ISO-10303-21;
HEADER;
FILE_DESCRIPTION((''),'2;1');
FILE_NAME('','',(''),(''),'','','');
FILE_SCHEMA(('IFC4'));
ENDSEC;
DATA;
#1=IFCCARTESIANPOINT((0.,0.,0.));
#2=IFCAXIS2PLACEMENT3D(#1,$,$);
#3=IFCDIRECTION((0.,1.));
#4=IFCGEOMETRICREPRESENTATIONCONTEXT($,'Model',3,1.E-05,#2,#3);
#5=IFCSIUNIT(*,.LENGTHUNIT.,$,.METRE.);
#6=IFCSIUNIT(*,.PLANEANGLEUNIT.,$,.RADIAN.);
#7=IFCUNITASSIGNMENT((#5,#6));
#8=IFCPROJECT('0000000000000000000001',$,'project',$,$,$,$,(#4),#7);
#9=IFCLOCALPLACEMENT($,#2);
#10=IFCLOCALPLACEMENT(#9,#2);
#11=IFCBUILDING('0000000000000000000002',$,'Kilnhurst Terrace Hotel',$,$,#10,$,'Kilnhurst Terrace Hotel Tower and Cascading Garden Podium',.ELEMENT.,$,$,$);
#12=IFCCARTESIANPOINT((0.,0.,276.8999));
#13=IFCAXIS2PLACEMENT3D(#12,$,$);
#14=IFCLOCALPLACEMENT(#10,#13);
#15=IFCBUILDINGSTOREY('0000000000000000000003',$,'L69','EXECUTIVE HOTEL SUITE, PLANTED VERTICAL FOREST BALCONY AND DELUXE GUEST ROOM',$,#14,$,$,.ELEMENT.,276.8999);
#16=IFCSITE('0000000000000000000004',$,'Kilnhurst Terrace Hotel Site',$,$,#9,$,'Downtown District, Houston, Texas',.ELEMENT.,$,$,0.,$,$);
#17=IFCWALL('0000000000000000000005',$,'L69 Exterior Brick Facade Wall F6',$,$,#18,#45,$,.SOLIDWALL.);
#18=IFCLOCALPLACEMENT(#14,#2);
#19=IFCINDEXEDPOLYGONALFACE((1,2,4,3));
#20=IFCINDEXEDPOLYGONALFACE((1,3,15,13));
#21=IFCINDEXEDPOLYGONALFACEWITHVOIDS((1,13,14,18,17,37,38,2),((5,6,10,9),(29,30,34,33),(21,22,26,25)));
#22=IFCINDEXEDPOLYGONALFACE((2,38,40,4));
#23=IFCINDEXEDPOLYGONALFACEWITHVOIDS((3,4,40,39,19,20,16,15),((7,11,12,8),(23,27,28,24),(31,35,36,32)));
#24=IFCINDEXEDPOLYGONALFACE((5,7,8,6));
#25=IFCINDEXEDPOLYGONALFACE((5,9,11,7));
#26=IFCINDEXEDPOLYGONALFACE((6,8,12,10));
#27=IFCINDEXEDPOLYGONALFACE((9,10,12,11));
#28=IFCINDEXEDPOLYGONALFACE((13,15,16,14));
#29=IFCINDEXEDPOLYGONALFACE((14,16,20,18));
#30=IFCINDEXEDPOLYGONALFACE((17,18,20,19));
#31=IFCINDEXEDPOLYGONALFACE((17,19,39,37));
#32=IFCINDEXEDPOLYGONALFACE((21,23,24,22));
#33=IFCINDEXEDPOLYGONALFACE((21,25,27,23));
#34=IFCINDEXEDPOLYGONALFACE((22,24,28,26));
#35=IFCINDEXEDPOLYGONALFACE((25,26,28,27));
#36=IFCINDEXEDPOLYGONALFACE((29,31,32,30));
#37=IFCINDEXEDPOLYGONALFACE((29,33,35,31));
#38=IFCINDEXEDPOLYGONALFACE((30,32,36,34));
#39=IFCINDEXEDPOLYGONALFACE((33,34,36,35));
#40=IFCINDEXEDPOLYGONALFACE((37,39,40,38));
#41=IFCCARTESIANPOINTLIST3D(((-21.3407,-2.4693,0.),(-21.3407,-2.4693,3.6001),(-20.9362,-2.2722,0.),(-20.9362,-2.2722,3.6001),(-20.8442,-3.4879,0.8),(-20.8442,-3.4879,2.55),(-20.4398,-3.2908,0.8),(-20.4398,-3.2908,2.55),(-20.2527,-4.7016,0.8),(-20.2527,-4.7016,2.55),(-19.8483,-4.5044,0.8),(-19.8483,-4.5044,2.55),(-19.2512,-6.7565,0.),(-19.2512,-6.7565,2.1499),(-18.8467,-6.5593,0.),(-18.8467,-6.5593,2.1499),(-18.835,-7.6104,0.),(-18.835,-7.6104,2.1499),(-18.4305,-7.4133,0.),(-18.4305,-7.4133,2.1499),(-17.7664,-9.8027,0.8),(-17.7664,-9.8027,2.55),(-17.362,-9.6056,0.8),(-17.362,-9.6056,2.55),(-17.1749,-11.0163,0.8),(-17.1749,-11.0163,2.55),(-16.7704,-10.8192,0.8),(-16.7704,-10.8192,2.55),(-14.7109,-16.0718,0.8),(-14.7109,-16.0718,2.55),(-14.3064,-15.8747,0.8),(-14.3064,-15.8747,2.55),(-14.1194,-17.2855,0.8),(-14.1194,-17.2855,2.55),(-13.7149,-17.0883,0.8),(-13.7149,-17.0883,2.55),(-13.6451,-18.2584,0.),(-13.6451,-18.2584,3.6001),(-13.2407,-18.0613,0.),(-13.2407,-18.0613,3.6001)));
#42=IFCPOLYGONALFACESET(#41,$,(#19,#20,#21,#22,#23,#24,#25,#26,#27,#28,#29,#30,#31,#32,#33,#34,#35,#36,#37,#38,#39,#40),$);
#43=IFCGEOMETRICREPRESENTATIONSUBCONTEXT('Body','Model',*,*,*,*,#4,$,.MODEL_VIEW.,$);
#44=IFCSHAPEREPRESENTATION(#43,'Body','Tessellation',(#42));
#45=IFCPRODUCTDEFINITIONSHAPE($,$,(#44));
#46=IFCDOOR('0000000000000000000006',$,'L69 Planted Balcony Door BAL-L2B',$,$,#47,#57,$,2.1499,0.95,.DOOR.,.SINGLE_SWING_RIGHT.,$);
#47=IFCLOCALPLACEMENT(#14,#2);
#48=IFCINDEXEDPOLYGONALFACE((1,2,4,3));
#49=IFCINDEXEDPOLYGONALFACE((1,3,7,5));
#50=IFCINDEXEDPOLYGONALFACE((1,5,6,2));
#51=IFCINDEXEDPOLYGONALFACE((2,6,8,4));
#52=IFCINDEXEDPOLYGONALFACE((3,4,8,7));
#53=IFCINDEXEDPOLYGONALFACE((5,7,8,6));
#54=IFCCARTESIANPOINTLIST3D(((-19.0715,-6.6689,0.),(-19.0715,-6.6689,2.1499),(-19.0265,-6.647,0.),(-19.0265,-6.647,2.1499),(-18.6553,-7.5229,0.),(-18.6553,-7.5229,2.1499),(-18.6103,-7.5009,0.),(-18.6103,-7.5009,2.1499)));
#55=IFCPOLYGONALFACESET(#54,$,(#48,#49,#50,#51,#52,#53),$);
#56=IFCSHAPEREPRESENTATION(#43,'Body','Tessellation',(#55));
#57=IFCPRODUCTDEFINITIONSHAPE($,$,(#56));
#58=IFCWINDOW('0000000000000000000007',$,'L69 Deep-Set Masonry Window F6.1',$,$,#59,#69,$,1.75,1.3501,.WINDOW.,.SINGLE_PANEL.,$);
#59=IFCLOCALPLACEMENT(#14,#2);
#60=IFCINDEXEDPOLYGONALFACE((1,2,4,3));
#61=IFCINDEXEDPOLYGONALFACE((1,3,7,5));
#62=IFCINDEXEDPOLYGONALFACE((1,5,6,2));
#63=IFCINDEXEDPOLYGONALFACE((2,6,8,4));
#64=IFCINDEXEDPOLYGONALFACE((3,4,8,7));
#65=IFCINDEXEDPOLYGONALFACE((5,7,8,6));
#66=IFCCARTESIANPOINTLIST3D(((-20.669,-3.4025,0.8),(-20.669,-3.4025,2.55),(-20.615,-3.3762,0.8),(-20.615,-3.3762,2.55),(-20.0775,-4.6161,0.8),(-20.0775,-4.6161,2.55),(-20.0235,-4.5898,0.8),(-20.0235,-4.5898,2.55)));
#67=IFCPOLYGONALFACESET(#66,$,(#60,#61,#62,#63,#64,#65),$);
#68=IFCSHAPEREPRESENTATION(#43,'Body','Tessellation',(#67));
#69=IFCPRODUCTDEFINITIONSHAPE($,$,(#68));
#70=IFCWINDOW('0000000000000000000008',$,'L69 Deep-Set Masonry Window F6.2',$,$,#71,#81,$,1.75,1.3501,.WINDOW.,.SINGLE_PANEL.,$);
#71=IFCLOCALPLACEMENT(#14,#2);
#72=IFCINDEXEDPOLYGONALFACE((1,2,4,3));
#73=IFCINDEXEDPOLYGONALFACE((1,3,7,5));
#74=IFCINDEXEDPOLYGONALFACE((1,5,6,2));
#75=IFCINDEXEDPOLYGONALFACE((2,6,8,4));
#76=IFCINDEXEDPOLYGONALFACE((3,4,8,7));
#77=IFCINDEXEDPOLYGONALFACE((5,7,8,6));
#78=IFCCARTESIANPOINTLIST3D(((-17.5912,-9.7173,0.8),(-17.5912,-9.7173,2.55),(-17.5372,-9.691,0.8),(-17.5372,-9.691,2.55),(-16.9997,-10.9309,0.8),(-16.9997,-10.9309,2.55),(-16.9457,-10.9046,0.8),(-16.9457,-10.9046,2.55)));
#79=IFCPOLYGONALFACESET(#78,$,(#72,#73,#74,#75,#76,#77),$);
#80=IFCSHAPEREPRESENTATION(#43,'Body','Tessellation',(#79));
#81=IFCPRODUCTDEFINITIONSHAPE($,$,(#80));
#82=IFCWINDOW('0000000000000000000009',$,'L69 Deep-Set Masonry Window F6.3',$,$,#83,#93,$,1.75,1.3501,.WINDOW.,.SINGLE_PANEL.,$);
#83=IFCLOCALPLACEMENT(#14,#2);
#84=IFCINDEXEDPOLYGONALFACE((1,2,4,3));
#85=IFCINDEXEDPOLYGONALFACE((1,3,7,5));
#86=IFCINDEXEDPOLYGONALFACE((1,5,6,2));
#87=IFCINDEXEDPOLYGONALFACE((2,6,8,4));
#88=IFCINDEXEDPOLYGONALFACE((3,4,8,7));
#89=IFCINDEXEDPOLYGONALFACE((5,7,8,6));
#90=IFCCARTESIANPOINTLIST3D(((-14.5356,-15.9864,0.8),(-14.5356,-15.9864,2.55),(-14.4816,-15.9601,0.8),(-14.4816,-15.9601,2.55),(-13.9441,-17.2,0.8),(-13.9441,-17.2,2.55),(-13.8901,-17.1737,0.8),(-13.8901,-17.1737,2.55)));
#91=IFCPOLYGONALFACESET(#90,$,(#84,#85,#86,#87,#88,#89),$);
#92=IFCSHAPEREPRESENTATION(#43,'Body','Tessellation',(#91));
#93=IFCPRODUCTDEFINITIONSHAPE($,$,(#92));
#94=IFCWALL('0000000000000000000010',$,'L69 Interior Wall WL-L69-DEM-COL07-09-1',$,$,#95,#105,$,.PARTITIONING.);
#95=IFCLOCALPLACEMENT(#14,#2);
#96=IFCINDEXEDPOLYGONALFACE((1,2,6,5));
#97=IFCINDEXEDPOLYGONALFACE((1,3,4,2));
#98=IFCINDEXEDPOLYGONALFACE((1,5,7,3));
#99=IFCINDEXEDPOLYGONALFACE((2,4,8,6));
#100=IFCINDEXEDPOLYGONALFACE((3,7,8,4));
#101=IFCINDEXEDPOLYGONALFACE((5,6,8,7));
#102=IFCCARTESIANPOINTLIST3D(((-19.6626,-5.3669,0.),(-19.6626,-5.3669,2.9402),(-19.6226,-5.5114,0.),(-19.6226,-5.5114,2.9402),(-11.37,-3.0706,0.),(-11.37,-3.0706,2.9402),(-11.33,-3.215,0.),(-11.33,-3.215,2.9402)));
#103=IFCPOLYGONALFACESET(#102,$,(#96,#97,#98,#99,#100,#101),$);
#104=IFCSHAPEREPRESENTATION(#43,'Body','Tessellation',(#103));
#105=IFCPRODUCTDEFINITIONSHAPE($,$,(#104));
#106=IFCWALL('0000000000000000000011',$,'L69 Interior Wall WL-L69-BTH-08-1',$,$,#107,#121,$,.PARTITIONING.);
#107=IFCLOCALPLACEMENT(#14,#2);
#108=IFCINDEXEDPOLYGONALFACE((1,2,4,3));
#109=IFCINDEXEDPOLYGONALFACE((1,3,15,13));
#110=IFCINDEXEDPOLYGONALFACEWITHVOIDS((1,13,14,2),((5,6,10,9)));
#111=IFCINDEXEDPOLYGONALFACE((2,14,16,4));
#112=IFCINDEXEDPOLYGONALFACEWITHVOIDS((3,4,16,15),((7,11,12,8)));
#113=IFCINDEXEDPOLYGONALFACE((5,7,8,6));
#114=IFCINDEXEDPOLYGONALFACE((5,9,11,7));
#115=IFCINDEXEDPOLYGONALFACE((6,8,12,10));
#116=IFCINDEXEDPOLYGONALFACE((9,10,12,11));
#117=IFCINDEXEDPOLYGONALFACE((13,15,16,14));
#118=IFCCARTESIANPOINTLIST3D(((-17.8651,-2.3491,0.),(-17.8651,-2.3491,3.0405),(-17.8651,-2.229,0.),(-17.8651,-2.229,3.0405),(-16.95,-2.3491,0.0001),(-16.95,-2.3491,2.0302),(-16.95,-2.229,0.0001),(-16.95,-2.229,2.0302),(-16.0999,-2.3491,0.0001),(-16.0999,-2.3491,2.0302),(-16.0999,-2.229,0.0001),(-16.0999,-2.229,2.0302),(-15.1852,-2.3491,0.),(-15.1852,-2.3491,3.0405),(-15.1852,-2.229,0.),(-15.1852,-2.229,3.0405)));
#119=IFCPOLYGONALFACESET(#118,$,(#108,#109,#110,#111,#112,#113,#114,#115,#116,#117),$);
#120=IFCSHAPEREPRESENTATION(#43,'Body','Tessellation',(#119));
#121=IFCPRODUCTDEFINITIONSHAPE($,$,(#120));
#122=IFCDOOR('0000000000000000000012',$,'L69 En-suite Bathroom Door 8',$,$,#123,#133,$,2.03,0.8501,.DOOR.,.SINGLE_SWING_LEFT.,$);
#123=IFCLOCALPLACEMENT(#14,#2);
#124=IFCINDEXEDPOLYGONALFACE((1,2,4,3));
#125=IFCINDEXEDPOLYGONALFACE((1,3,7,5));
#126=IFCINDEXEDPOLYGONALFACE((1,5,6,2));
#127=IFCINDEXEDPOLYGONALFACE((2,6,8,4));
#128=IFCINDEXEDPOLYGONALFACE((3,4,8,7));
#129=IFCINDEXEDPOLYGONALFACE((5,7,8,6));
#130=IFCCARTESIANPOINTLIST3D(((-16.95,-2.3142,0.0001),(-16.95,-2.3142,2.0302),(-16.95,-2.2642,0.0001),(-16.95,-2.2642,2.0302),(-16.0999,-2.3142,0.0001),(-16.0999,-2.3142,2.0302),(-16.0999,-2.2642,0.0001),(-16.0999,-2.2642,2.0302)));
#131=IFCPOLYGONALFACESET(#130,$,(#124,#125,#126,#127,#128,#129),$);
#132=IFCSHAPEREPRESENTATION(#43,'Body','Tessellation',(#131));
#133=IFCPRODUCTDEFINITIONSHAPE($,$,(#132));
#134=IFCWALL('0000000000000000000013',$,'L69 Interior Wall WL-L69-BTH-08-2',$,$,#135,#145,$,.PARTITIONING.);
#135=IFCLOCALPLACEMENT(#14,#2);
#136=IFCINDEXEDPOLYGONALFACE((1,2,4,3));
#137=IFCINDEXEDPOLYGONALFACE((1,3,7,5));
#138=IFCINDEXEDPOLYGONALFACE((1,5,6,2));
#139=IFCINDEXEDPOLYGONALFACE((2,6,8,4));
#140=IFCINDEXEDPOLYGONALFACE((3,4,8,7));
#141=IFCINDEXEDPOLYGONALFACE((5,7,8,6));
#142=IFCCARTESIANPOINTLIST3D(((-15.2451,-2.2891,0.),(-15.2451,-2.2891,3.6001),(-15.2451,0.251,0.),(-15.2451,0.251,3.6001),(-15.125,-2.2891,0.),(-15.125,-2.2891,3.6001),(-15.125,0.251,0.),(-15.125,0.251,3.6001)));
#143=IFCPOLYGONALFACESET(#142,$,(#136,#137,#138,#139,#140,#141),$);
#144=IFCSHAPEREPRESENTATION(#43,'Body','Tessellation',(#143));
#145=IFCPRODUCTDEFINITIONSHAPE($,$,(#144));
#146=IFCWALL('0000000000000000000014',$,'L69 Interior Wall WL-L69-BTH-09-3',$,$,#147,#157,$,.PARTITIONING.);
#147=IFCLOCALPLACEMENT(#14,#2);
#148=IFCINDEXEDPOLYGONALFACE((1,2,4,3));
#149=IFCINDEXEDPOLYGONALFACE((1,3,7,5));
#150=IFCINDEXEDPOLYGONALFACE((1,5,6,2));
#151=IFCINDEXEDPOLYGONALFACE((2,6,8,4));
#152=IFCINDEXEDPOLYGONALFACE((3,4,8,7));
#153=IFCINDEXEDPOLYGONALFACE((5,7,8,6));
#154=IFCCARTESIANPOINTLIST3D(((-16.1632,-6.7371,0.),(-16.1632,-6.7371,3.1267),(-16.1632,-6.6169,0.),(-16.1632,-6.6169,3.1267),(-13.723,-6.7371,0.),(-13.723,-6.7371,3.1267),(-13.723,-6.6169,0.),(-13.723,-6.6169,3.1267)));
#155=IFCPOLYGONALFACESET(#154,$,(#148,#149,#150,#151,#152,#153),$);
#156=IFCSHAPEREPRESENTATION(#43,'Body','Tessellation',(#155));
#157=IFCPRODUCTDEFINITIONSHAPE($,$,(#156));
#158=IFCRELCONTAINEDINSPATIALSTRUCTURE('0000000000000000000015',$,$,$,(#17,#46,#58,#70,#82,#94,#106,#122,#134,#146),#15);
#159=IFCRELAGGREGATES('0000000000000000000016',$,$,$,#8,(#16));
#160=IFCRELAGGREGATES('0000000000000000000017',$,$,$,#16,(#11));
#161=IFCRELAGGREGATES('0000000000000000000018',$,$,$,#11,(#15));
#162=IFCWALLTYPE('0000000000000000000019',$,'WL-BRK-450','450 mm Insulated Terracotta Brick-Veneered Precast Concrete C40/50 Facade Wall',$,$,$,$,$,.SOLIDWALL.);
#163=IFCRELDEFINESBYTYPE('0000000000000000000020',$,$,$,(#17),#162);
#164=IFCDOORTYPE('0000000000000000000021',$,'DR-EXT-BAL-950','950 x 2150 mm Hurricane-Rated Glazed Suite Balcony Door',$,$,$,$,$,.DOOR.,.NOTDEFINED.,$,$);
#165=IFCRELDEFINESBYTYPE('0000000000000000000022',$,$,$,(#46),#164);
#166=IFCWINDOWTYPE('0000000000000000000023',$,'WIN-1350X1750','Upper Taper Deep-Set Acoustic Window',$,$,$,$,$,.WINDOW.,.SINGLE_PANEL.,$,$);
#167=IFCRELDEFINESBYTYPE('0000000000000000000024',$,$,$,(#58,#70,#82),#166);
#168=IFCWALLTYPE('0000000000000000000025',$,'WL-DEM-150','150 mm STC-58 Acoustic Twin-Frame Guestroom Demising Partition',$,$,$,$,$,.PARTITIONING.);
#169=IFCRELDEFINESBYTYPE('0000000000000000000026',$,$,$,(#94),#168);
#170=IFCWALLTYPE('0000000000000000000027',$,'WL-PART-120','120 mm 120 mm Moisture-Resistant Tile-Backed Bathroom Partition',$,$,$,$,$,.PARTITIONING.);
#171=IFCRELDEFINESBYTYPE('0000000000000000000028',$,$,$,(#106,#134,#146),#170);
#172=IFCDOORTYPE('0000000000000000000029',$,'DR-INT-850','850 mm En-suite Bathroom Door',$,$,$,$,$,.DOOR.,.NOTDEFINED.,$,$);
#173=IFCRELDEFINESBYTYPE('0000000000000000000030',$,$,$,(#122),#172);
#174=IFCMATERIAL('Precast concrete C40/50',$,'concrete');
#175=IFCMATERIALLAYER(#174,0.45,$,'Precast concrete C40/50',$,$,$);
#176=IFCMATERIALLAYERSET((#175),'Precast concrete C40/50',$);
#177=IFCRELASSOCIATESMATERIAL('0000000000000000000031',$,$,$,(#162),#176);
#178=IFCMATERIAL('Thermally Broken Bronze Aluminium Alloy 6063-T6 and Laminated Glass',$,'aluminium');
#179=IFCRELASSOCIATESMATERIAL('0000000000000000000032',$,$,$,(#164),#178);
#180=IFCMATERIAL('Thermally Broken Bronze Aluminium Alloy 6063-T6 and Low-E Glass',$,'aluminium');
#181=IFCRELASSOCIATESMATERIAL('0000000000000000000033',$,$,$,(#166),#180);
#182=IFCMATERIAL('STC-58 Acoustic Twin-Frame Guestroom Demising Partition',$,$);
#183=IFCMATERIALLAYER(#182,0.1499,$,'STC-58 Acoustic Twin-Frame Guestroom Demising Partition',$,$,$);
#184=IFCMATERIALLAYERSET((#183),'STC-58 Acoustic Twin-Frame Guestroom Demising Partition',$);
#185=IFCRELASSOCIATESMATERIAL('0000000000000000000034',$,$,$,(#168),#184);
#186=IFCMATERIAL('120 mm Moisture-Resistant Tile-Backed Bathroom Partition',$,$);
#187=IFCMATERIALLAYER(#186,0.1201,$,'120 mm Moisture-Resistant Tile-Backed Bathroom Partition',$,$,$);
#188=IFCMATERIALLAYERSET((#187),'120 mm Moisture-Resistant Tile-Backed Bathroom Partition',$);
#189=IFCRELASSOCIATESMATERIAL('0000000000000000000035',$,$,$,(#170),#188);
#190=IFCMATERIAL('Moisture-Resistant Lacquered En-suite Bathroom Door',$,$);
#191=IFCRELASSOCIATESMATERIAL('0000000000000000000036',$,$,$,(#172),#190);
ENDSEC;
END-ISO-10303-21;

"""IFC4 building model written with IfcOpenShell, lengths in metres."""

from ifc_helpers import new_model, si_unit, direction, frame, frame_2d, origin, place, context, subcontext, project, spatial, rectangle, extrude, material, layer, layer_set, type_object, element, fill, save


model = new_model("IFC4")

# Units and contexts
model_context = context("Model", 3, precision=1e-05, world=origin(), true_north=direction((0.0, 1.0)))
body_context = subcontext(model_context, "Body", "Model", "MODEL_VIEW")
ifc_project = project(units=[si_unit("LENGTHUNIT", "METRE"), si_unit("PLANEANGLEUNIT", "RADIAN")], contexts=[model_context])

# Site, building, storey
site_placement = place(None, origin())
site = spatial("IfcSite", under=ifc_project, at=site_placement, Name="Kilnhurst Terrace Hotel Site", LongName="Downtown District, Houston, Texas", CompositionType="ELEMENT", RefElevation=0.0)
building_placement = place(site_placement, origin())
building = spatial("IfcBuilding", under=site, at=building_placement, Name="Kilnhurst Terrace Hotel", LongName="Kilnhurst Terrace Hotel Tower and Cascading Garden Podium", CompositionType="ELEMENT")
storey_placement = place(building_placement, frame((0.0, 0.0, 276.8999)))
storey = spatial("IfcBuildingStorey", under=building, at=storey_placement, Name="L69", Description="EXECUTIVE HOTEL SUITE, PLANTED VERTICAL FOREST BALCONY AND DELUXE GUEST ROOM", CompositionType="ELEMENT", Elevation=276.8999)

# Shared definitions
ifc_material_1 = material(Name="Precast concrete C40/50", Category="concrete")
ifc_layer_1 = layer(ifc_material_1, 0.45, Name="Precast concrete C40/50")
ifc_layer_set_1 = layer_set([ifc_layer_1], Name="Precast concrete C40/50")
wall_type_1 = type_object("IfcWallType", Name="WL-BRK-450", Description="450 mm Insulated Terracotta Brick-Veneered Precast Concrete C40/50 Facade Wall", PredefinedType="SOLIDWALL", material=ifc_layer_set_1)

# Wall, openings, door, windows
wall_1_placement = place(storey_placement, frame((-21.1384, -2.3708, 0.0), z_axis=(0.0, 0.0, 1.0), x_axis=(0.438128, -0.898913, 0.0)))
wall_1 = element("IfcWall", 1, at=wall_1_placement, inside=storey, type_object=wall_type_1, Name="L69 Exterior Brick Facade Wall F6", PredefinedType="SOLIDWALL", context=body_context, shape_type="SweptSolid", body=[
    extrude(rectangle(XDim=17.5647, YDim=0.45, at=frame_2d((8.7822, 0.0))), origin(), (0.0, 0.0, 1.0), 3.6001),
])
opening_1_placement = place(wall_1_placement, frame((4.769, 0.0, 0.0)))
opening_1 = element("IfcOpeningElement", 2, at=opening_1_placement, cuts=wall_1, PredefinedType="OPENING", context=body_context, shape_type="SweptSolid", body=[
    extrude(rectangle(XDim=0.95, YDim=2.1499, at=frame_2d((0.4751, 1.075))), frame((0.0, 0.2349, 0.0), z_axis=(0.0, -1.0, 0.0), x_axis=(1.0, 0.0, 0.0)), (0.0, 0.0, 1.0), 0.47),
])
opening_2_placement = place(wall_1_placement, frame((1.1331, 0.0, 0.8)))
opening_2 = element("IfcOpeningElement", 3, at=opening_2_placement, cuts=wall_1, PredefinedType="OPENING", context=body_context, shape_type="SweptSolid", body=[
    extrude(rectangle(XDim=1.3501, YDim=1.75, at=frame_2d((0.675, 0.875))), frame((0.0, 0.2349, 0.0), z_axis=(0.0, -1.0, 0.0), x_axis=(1.0, 0.0, 0.0)), (0.0, 0.0, 1.0), 0.47),
])
opening_3_placement = place(wall_1_placement, frame((8.158, 0.0, 0.8)))
opening_3 = element("IfcOpeningElement", 4, at=opening_3_placement, cuts=wall_1, PredefinedType="OPENING", context=body_context, shape_type="SweptSolid", body=[
    extrude(rectangle(XDim=1.3501, YDim=1.75, at=frame_2d((0.675, 0.875))), frame((0.0, 0.2349, 0.0), z_axis=(0.0, -1.0, 0.0), x_axis=(1.0, 0.0, 0.0)), (0.0, 0.0, 1.0), 0.47),
])
opening_4_placement = place(wall_1_placement, frame((15.1321, 0.0, 0.8)))
opening_4 = element("IfcOpeningElement", 5, at=opening_4_placement, cuts=wall_1, PredefinedType="OPENING", context=body_context, shape_type="SweptSolid", body=[
    extrude(rectangle(XDim=1.3501, YDim=1.75, at=frame_2d((0.675, 0.875))), frame((0.0, 0.2349, 0.0), z_axis=(0.0, -1.0, 0.0), x_axis=(1.0, 0.0, 0.0)), (0.0, 0.0, 1.0), 0.47),
])
ifc_material_2 = material(Name="Thermally Broken Bronze Aluminium Alloy 6063-T6 and Laminated Glass", Category="aluminium")
door_type_1 = type_object("IfcDoorType", Name="DR-EXT-BAL-950", Description="950 x 2150 mm Hurricane-Rated Glazed Suite Balcony Door", OperationType="NOTDEFINED", PredefinedType="DOOR", material=ifc_material_2)
door_1_placement = place(opening_1_placement, origin())
door_1 = element("IfcDoor", 6, at=door_1_placement, inside=storey, type_object=door_type_1, Name="L69 Planted Balcony Door BAL-L2B", OperationType="SINGLE_SWING_RIGHT", OverallHeight=2.1499, OverallWidth=0.95, PredefinedType="DOOR", context=body_context, shape_type="SweptSolid", body=[
    extrude(rectangle(XDim=0.95, YDim=2.1499, at=frame_2d((0.4751, 1.075))), frame((0.0, 0.0249, 0.0), z_axis=(0.0, -1.0, 0.0), x_axis=(1.0, 0.0, 0.0)), (0.0, 0.0, 1.0), 0.05),
])
fill(opening_1, door_1)
ifc_material_3 = material(Name="Thermally Broken Bronze Aluminium Alloy 6063-T6 and Low-E Glass", Category="aluminium")
window_type = type_object("IfcWindowType", Name="WIN-1350X1750", Description="Upper Taper Deep-Set Acoustic Window", PartitioningType="SINGLE_PANEL", PredefinedType="WINDOW", material=ifc_material_3)
window_1_placement = place(opening_2_placement, origin())
window_1 = element("IfcWindow", 7, at=window_1_placement, inside=storey, type_object=window_type, Name="L69 Deep-Set Masonry Window F6.1", OverallHeight=1.75, OverallWidth=1.3501, PartitioningType="SINGLE_PANEL", PredefinedType="WINDOW", context=body_context, shape_type="SweptSolid", body=[
    extrude(rectangle(XDim=1.3501, YDim=1.75, at=frame_2d((0.675, 0.875))), frame((0.0, 0.03, 0.0), z_axis=(0.0, -1.0, 0.0), x_axis=(1.0, 0.0, 0.0)), (0.0, 0.0, 1.0), 0.0601),
])
fill(opening_2, window_1)
window_2_placement = place(opening_3_placement, origin())
window_2 = element("IfcWindow", 8, at=window_2_placement, inside=storey, type_object=window_type, Name="L69 Deep-Set Masonry Window F6.2", OverallHeight=1.75, OverallWidth=1.3501, PartitioningType="SINGLE_PANEL", PredefinedType="WINDOW", context=body_context, shape_type="SweptSolid", body=[
    extrude(rectangle(XDim=1.3501, YDim=1.75, at=frame_2d((0.675, 0.875))), frame((0.0, 0.03, 0.0), z_axis=(0.0, -1.0, 0.0), x_axis=(1.0, 0.0, 0.0)), (0.0, 0.0, 1.0), 0.0601),
])
fill(opening_3, window_2)
window_3_placement = place(opening_4_placement, origin())
window_3 = element("IfcWindow", 9, at=window_3_placement, inside=storey, type_object=window_type, Name="L69 Deep-Set Masonry Window F6.3", OverallHeight=1.75, OverallWidth=1.3501, PartitioningType="SINGLE_PANEL", PredefinedType="WINDOW", context=body_context, shape_type="SweptSolid", body=[
    extrude(rectangle(XDim=1.3501, YDim=1.75, at=frame_2d((0.675, 0.875))), frame((0.0, 0.03, 0.0), z_axis=(0.0, -1.0, 0.0), x_axis=(1.0, 0.0, 0.0)), (0.0, 0.0, 1.0), 0.0601),
])
fill(opening_4, window_3)

# Wall
ifc_material_4 = material(Name="STC-58 Acoustic Twin-Frame Guestroom Demising Partition")
ifc_layer_2 = layer(ifc_material_4, 0.1499, Name="STC-58 Acoustic Twin-Frame Guestroom Demising Partition")
ifc_layer_set_2 = layer_set([ifc_layer_2], Name="STC-58 Acoustic Twin-Frame Guestroom Demising Partition")
wall_type_2 = type_object("IfcWallType", Name="WL-DEM-150", Description="150 mm STC-58 Acoustic Twin-Frame Guestroom Demising Partition", PredefinedType="PARTITIONING", material=ifc_layer_set_2)
wall_2_placement = place(storey_placement, frame((-11.3501, -3.1428, 0.0), z_axis=(0.0, 0.0, 1.0), x_axis=(-0.963732, -0.266873, 0.0)))
element("IfcWall", 10, at=wall_2_placement, inside=storey, type_object=wall_type_2, Name="L69 Interior Wall WL-L69-DEM-COL07-09-1", PredefinedType="PARTITIONING", context=body_context, shape_type="SweptSolid", body=[
    extrude(rectangle(XDim=8.6047, YDim=0.1499, at=frame_2d((4.3022, 0.0))), origin(), (0.0, 0.0, 1.0), 2.9402),
])

# Wall, opening, door
ifc_material_5 = material(Name="120 mm Moisture-Resistant Tile-Backed Bathroom Partition")
ifc_layer_3 = layer(ifc_material_5, 0.1201, Name="120 mm Moisture-Resistant Tile-Backed Bathroom Partition")
ifc_layer_set_3 = layer_set([ifc_layer_3], Name="120 mm Moisture-Resistant Tile-Backed Bathroom Partition")
wall_type_3 = type_object("IfcWallType", Name="WL-PART-120", Description="120 mm 120 mm Moisture-Resistant Tile-Backed Bathroom Partition", PredefinedType="PARTITIONING", material=ifc_layer_set_3)
wall_3_placement = place(storey_placement, frame((-17.865, -2.2891, 0.0), z_axis=(0.0, 0.0, 1.0), x_axis=(1.0, 0.0, 0.0)))
wall_3 = element("IfcWall", 11, at=wall_3_placement, inside=storey, type_object=wall_type_3, Name="L69 Interior Wall WL-L69-BTH-08-1", PredefinedType="PARTITIONING", context=body_context, shape_type="SweptSolid", body=[
    extrude(rectangle(XDim=2.6799, YDim=0.1201, at=frame_2d((1.3398, 0.0))), origin(), (0.0, 0.0, 1.0), 3.0405),
])
opening_5_placement = place(wall_3_placement, frame((0.915, 0.0, 0.0)))
opening_5 = element("IfcOpeningElement", 12, at=opening_5_placement, cuts=wall_3, PredefinedType="OPENING", context=body_context, shape_type="SweptSolid", body=[
    extrude(rectangle(XDim=0.8501, YDim=2.03, at=frame_2d((0.425, 1.0151))), frame((0.0, 0.0701, 0.0), z_axis=(0.0, -1.0, 0.0), x_axis=(1.0, 0.0, 0.0)), (0.0, 0.0, 1.0), 0.1401),
])
ifc_material_6 = material(Name="Moisture-Resistant Lacquered En-suite Bathroom Door")
door_type_2 = type_object("IfcDoorType", Name="DR-INT-850", Description="850 mm En-suite Bathroom Door", OperationType="NOTDEFINED", PredefinedType="DOOR", material=ifc_material_6)
door_2_placement = place(opening_5_placement, origin())
door_2 = element("IfcDoor", 13, at=door_2_placement, inside=storey, type_object=door_type_2, Name="L69 En-suite Bathroom Door 8", OperationType="SINGLE_SWING_LEFT", OverallHeight=2.03, OverallWidth=0.8501, PredefinedType="DOOR", context=body_context, shape_type="SweptSolid", body=[
    extrude(rectangle(XDim=0.8501, YDim=2.03, at=frame_2d((0.425, 1.0151))), frame((0.0, 0.0249, 0.0), z_axis=(0.0, -1.0, 0.0), x_axis=(1.0, 0.0, 0.0)), (0.0, 0.0, 1.0), 0.05),
])
fill(opening_5, door_2)

# Walls
wall_4_placement = place(storey_placement, frame((-15.1851, -2.2891, 0.0), z_axis=(0.0, 0.0, 1.0), x_axis=(0.0, 1.0, 0.0)))
element("IfcWall", 14, at=wall_4_placement, inside=storey, type_object=wall_type_3, Name="L69 Interior Wall WL-L69-BTH-08-2", PredefinedType="PARTITIONING", context=body_context, shape_type="SweptSolid", body=[
    extrude(rectangle(XDim=2.54, YDim=0.1201, at=frame_2d((1.27, 0.0))), origin(), (0.0, 0.0, 1.0), 3.6001),
])
wall_5_placement = place(storey_placement, frame((-13.7229, -6.677, 0.0), z_axis=(0.0, 0.0, 1.0), x_axis=(-1.0, 0.0, 0.0)))
element("IfcWall", 15, at=wall_5_placement, inside=storey, type_object=wall_type_3, Name="L69 Interior Wall WL-L69-BTH-09-3", PredefinedType="PARTITIONING", context=body_context, shape_type="SweptSolid", body=[
    extrude(rectangle(XDim=2.4402, YDim=0.1201, at=frame_2d((1.2202, 0.0))), origin(), (0.0, 0.0, 1.0), 3.1267),
])

save(model, "model.ifc")
